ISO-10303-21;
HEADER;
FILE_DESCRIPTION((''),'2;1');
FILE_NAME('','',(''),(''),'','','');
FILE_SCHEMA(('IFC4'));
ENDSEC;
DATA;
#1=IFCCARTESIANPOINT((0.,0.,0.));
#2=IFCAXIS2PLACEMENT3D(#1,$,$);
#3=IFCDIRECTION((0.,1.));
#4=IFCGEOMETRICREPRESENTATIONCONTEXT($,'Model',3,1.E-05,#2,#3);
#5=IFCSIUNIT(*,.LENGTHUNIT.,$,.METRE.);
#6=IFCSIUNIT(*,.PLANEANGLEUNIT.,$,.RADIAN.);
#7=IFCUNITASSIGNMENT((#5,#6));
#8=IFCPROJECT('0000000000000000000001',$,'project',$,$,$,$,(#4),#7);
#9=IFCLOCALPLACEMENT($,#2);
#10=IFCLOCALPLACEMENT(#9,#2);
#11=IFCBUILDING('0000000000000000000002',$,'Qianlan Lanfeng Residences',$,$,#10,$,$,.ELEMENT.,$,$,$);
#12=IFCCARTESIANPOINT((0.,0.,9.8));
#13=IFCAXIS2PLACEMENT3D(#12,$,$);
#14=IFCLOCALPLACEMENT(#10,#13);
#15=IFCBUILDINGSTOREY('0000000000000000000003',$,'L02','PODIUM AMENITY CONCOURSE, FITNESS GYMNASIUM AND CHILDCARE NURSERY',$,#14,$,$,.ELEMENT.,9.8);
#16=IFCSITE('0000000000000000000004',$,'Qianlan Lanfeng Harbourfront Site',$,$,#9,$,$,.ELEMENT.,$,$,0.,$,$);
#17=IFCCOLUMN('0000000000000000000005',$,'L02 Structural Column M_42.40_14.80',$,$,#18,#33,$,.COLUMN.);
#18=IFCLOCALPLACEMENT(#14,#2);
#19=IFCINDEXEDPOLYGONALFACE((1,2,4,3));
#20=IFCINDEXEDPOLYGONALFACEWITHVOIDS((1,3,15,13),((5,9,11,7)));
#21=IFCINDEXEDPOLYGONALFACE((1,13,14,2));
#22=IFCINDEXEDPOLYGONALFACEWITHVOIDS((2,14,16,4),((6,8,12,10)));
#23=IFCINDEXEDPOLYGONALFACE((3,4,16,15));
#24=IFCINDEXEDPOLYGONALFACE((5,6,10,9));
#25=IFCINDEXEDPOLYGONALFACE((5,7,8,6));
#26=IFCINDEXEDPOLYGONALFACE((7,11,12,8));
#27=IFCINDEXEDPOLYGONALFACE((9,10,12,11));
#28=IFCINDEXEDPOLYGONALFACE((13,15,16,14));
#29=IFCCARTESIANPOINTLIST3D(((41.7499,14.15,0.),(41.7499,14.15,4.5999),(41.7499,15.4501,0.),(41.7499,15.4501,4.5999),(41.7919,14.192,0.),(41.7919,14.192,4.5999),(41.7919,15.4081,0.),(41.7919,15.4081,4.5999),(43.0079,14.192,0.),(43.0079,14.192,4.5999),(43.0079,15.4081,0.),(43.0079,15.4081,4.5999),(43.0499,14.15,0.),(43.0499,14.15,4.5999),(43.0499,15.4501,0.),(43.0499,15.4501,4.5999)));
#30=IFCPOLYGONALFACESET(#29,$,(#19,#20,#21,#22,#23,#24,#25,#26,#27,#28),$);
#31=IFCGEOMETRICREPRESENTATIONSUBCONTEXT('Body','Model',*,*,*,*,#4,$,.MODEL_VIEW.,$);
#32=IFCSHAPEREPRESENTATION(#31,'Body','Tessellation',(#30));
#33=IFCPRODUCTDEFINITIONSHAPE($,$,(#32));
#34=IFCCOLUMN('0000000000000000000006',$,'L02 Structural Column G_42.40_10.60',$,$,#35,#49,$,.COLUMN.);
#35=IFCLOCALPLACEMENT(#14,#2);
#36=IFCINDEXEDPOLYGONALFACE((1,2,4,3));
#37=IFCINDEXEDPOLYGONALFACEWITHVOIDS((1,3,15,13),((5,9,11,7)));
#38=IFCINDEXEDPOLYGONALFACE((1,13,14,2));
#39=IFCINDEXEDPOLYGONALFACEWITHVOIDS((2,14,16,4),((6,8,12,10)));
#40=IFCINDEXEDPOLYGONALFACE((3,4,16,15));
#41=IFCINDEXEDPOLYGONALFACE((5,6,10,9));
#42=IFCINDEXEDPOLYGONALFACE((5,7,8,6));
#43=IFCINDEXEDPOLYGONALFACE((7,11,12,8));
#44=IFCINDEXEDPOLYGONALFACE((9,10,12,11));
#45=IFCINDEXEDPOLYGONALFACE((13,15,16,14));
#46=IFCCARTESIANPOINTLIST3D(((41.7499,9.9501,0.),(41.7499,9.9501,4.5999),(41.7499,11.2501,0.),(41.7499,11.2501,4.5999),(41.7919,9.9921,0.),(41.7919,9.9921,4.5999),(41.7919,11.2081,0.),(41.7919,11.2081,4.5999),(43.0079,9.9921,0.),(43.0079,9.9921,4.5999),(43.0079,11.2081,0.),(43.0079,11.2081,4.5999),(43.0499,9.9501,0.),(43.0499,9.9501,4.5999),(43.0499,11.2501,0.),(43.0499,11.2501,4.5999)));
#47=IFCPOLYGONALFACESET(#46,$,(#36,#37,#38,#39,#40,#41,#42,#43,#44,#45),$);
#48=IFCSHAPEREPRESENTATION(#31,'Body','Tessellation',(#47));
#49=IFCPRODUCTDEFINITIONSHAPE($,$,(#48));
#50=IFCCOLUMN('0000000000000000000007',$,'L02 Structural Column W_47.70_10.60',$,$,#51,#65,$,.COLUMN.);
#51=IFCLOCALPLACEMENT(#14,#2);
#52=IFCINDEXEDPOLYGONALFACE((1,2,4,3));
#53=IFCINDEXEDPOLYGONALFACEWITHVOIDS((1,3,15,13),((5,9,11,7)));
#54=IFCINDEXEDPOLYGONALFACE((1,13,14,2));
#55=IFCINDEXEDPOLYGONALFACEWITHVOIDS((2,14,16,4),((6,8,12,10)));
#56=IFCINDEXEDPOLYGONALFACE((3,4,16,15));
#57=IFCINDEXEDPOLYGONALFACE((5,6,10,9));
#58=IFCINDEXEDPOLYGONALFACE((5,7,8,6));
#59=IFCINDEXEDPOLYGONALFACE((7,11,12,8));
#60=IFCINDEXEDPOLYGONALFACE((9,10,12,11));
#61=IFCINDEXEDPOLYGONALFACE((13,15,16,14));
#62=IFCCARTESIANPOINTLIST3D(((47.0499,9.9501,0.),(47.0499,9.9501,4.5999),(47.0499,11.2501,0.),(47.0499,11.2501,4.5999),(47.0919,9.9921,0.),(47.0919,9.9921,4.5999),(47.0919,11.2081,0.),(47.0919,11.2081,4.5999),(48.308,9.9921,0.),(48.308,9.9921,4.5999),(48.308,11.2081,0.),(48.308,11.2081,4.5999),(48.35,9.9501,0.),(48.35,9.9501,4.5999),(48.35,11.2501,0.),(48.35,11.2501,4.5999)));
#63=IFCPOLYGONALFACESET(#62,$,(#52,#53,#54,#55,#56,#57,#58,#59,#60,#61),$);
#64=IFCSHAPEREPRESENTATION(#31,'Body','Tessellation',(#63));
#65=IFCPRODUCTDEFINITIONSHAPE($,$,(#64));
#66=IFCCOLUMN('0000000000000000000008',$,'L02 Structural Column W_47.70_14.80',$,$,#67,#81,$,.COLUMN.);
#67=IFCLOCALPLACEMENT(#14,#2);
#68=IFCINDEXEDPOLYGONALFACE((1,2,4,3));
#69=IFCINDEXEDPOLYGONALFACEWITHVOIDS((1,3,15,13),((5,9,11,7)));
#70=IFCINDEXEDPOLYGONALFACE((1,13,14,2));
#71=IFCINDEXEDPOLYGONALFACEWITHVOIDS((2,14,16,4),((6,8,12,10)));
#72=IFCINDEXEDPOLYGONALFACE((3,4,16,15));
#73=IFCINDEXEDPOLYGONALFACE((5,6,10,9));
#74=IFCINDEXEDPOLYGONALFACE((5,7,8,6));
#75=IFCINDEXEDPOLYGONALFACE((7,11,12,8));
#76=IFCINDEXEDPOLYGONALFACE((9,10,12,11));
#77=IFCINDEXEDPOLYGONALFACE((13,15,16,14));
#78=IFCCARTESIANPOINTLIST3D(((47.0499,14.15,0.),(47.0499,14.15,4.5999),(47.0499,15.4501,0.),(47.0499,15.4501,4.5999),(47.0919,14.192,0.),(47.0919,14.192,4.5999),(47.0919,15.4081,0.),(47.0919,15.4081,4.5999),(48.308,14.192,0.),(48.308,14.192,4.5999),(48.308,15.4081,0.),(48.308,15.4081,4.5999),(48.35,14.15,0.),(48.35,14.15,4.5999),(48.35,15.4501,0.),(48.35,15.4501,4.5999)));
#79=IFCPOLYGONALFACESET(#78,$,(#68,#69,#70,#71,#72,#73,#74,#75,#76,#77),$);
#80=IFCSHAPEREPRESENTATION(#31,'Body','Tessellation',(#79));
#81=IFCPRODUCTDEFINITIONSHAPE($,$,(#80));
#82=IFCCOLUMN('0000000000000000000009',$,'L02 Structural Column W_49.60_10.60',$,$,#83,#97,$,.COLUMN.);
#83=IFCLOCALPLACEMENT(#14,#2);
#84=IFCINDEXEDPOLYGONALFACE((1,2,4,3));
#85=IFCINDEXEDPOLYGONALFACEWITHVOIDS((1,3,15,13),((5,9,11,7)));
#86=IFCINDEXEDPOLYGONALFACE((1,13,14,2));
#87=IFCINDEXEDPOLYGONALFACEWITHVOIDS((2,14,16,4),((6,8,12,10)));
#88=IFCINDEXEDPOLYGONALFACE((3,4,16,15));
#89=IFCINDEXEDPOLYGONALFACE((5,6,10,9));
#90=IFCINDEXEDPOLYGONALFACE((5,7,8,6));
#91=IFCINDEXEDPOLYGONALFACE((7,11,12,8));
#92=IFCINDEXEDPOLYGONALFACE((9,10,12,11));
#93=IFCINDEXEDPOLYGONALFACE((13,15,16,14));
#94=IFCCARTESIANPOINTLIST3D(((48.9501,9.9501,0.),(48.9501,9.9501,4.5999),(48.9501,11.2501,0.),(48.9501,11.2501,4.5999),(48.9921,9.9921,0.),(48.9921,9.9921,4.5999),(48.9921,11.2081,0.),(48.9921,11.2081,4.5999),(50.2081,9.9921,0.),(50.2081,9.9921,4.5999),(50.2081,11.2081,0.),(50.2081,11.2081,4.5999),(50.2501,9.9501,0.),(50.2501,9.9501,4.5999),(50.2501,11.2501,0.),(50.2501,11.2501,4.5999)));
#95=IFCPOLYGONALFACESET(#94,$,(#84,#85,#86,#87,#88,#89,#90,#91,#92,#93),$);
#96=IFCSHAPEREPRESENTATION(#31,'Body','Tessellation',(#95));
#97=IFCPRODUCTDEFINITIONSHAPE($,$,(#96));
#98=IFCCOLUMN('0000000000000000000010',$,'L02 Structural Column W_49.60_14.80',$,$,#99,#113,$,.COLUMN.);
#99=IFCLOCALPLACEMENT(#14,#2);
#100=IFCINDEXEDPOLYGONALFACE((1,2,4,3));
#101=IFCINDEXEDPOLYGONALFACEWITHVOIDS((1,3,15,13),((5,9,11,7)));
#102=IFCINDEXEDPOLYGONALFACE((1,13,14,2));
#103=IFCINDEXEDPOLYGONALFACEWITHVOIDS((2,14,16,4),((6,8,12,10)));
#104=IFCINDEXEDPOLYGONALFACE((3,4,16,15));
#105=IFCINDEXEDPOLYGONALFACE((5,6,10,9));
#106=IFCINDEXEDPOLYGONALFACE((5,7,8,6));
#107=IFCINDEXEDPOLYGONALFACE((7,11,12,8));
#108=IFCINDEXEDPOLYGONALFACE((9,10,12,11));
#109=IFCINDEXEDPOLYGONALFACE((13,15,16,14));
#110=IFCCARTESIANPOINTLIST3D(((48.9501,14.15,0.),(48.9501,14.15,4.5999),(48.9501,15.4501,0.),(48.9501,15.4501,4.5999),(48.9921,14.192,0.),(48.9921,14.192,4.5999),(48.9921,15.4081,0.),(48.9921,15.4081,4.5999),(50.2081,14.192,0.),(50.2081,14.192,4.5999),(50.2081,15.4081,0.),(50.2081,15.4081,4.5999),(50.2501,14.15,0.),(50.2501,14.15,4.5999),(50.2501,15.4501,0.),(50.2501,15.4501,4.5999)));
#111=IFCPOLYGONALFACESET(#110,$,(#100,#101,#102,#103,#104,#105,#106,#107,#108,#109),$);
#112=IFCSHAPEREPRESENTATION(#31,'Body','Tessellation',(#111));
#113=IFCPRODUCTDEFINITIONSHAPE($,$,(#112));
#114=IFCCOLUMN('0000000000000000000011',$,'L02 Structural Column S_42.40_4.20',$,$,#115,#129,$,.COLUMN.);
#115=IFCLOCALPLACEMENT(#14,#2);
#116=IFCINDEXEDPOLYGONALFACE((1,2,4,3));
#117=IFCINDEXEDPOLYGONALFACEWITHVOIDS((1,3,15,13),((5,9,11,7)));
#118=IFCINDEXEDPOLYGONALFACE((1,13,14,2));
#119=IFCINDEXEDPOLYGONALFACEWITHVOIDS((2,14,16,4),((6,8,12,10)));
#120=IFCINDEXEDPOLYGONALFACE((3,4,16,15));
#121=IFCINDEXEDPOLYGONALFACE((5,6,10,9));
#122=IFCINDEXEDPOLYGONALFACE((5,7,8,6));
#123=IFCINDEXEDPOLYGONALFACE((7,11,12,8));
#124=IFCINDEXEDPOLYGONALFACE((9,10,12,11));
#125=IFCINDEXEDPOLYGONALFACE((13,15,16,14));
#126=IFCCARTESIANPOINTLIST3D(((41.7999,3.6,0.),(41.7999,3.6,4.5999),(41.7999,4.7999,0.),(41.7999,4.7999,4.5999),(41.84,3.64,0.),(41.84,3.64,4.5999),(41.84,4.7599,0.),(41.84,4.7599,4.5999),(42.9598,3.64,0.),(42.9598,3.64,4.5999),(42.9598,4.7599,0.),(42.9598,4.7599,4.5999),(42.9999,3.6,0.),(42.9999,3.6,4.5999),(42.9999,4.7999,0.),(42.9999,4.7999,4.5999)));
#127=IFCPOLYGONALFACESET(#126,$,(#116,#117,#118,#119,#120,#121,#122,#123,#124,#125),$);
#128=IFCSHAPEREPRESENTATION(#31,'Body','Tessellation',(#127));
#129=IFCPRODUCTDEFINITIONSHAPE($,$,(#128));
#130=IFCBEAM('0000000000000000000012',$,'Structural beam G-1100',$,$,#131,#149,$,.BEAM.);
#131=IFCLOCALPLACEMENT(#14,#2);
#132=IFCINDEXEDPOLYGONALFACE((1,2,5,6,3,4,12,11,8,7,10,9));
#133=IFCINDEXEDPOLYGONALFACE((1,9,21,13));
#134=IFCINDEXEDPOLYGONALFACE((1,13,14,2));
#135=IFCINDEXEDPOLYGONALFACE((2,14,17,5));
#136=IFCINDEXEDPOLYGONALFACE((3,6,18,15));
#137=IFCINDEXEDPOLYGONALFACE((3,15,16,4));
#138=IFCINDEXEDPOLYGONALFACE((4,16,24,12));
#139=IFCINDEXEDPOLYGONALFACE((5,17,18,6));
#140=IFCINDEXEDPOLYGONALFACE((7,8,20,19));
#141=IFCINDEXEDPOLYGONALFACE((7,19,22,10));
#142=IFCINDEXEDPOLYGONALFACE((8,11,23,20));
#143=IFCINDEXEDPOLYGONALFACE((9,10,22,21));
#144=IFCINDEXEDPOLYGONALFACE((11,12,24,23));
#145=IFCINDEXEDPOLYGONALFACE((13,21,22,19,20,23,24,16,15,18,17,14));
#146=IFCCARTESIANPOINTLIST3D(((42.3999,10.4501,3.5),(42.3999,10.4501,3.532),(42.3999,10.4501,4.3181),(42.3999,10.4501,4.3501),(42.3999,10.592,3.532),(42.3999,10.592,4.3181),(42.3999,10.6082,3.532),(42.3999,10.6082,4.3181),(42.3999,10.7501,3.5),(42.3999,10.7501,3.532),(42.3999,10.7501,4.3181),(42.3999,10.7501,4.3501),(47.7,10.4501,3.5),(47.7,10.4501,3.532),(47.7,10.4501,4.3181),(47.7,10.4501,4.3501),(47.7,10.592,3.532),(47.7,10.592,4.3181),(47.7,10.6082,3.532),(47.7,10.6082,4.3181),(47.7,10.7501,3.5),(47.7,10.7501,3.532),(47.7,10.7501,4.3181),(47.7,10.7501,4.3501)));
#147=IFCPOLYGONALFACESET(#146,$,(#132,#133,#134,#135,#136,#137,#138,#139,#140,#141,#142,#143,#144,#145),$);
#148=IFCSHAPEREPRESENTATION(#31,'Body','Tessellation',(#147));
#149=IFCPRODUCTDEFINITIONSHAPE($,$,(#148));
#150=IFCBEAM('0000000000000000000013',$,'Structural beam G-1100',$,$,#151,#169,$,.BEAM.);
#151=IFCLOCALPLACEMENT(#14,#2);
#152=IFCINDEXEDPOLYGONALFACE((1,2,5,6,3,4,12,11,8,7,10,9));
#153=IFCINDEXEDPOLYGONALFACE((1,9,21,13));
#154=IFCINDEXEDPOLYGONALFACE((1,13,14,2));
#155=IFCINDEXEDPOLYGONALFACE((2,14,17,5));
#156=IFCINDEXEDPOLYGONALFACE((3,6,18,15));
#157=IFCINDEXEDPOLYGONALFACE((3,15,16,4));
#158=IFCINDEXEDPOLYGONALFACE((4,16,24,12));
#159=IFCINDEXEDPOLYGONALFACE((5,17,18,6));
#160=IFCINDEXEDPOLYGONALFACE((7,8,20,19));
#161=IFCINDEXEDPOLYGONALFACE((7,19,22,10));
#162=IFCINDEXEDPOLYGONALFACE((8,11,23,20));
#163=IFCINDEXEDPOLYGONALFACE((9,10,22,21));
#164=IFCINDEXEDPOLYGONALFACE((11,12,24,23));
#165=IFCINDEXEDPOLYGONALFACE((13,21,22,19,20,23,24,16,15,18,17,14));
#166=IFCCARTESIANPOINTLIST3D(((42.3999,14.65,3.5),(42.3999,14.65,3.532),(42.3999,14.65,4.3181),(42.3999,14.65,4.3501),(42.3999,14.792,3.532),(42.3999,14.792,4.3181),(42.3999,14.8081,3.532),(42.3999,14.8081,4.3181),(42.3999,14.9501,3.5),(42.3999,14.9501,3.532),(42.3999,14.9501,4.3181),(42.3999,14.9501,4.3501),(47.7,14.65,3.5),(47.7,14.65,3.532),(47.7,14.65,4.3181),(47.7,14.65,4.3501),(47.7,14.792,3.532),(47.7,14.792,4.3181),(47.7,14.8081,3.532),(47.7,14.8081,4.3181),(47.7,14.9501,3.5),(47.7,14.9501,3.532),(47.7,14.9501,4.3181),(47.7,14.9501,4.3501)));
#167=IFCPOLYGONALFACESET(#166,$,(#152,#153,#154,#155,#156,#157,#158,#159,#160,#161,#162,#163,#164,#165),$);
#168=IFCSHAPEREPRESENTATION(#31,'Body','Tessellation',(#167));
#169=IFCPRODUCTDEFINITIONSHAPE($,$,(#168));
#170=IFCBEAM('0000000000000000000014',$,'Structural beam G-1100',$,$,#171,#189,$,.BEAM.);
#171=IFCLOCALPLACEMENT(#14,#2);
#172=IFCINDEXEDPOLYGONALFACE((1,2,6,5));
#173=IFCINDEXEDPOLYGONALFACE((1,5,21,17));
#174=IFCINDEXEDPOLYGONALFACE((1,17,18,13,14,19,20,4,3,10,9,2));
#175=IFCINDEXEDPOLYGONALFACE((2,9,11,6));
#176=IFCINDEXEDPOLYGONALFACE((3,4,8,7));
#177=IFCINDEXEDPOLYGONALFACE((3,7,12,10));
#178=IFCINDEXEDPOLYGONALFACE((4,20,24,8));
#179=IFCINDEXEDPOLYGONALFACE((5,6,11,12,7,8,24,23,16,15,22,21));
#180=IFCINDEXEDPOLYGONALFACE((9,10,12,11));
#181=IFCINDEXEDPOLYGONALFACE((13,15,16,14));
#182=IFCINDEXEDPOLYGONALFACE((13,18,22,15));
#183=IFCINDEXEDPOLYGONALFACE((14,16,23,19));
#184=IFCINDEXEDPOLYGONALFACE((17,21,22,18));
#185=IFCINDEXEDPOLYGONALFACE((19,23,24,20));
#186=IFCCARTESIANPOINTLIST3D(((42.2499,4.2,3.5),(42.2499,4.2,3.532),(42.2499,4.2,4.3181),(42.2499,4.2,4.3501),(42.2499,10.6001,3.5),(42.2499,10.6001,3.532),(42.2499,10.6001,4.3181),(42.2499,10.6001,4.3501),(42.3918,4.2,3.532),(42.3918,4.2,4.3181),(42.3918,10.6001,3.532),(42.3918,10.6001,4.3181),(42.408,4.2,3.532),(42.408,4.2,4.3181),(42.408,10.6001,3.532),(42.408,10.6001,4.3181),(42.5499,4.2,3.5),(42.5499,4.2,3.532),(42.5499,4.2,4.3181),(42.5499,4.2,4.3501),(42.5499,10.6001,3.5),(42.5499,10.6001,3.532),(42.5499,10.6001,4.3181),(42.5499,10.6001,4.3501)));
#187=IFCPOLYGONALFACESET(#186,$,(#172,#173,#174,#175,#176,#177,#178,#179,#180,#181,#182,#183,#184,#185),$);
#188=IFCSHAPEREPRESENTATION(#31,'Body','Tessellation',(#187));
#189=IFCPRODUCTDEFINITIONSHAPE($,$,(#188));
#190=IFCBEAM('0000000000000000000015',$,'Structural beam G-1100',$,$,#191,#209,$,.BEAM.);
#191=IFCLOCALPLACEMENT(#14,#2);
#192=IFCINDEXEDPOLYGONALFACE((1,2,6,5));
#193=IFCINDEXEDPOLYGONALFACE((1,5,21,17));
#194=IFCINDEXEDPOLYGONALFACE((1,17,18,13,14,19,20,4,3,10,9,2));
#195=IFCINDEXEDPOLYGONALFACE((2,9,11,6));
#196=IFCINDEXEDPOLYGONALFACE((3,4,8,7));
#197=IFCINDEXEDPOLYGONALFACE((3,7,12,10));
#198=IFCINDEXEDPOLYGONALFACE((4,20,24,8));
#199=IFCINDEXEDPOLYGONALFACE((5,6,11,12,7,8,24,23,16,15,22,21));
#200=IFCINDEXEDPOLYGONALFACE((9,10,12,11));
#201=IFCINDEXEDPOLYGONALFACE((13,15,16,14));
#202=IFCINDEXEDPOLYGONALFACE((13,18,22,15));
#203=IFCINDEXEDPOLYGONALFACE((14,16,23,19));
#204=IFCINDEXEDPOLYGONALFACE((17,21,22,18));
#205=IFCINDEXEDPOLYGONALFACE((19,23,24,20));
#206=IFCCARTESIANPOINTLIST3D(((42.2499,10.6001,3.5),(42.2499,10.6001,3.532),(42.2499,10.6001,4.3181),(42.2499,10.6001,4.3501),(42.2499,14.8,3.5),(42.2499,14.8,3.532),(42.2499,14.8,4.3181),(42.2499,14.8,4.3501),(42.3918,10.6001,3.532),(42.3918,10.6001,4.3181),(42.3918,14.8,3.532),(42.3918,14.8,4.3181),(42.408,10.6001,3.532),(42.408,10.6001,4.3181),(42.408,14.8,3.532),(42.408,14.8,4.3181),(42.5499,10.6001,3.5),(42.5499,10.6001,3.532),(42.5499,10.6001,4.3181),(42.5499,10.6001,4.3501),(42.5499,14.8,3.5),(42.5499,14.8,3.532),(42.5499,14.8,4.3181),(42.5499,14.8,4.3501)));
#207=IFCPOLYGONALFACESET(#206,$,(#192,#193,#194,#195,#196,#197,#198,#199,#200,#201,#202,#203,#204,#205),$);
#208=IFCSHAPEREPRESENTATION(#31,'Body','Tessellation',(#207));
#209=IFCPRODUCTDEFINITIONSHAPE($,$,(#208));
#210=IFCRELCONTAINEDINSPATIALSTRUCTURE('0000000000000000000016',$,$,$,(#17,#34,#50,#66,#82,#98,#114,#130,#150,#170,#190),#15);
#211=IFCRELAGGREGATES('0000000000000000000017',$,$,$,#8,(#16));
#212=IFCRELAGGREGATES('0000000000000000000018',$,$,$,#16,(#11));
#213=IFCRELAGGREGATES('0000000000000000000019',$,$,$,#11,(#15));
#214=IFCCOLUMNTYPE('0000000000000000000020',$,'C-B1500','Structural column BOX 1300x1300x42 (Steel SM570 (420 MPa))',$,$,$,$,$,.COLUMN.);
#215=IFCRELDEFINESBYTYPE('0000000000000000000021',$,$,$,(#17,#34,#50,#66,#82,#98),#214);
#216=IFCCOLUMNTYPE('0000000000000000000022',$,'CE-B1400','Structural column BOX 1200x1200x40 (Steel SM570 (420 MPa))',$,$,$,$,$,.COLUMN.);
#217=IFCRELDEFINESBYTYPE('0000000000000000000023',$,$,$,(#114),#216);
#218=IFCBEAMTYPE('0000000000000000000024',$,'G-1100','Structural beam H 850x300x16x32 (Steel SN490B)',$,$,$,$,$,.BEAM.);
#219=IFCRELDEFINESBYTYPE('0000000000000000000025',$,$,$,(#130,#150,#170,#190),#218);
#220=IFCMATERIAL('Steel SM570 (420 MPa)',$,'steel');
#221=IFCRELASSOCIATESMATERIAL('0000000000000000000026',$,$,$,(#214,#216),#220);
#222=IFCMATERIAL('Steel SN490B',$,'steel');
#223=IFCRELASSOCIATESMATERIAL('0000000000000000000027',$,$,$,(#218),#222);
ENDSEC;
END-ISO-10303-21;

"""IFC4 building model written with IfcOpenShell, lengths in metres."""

from ifc_helpers import new_model, si_unit, direction, frame, origin, origin_2d, place, context, subcontext, project, spatial, hollow_rectangle, i_section, extrude, material, material_profile, profile_set, type_object, element, save


model = new_model("IFC4")

# Units and contexts
model_context = context("Model", 3, precision=1e-05, world=origin(), true_north=direction((0.0, 1.0)))
body_context = subcontext(model_context, "Body", "Model", "MODEL_VIEW")
ifc_project = project(units=[si_unit("LENGTHUNIT", "METRE"), si_unit("PLANEANGLEUNIT", "RADIAN")], contexts=[model_context])

# Site, building, storey
site_placement = place(None, origin())
site = spatial("IfcSite", under=ifc_project, at=site_placement, Name="Qianlan Lanfeng Harbourfront Site", CompositionType="ELEMENT", RefElevation=0.0)
building_placement = place(site_placement, origin())
building = spatial("IfcBuilding", under=site, at=building_placement, Name="Qianlan Lanfeng Residences", CompositionType="ELEMENT")
storey_placement = place(building_placement, frame((0.0, 0.0, 9.8)))
storey = spatial("IfcBuildingStorey", under=building, at=storey_placement, Name="L02", Description="PODIUM AMENITY CONCOURSE, FITNESS GYMNASIUM AND CHILDCARE NURSERY", CompositionType="ELEMENT", Elevation=9.8)

# Columns
ifc_material_1 = material(Name="Steel SM570 (420 MPa)", Category="steel")
ifc_material_profile_1 = material_profile(ifc_material_1, hollow_rectangle(XDim=1.3, YDim=1.3, WallThickness=0.042, at=origin_2d()), Name="BOX 1300x1300x42")
ifc_profile_set_1 = profile_set([ifc_material_profile_1], Name="Steel SM570 (420 MPa)")
column_type_1 = type_object("IfcColumnType", Name="C-B1500", Description="Structural column BOX 1300x1300x42 (Steel SM570 (420 MPa))", PredefinedType="COLUMN", material=ifc_profile_set_1)
for number, where, z_axis, x_axis, name in (
    (1, (42.3999, 14.8, 0.0), (0.0, 0.0, 1.0), (1.0, 0.0, 0.0), "L02 Structural Column M_42.40_14.80"),
    (2, (42.3999, 10.6001, 0.0), (0.0, 0.0, 1.0), (1.0, 0.0, 0.0), "L02 Structural Column G_42.40_10.60"),
    (3, (47.7, 10.6001, 0.0), (0.0, 0.0, 1.0), (1.0, 0.0, 0.0), "L02 Structural Column W_47.70_10.60"),
    (4, (47.7, 14.8, 0.0), (0.0, 0.0, 1.0), (1.0, 0.0, 0.0), "L02 Structural Column W_47.70_14.80"),
    (5, (49.6001, 10.6001, 0.0), (0.0, 0.0, 1.0), (1.0, 0.0, 0.0), "L02 Structural Column W_49.60_10.60"),
    (6, (49.6001, 14.8, 0.0), (0.0, 0.0, 1.0), (1.0, 0.0, 0.0), "L02 Structural Column W_49.60_14.80"),
):
    element("IfcColumn", number, at=place(storey_placement, frame(where, z_axis=z_axis, x_axis=x_axis)), inside=storey, type_object=column_type_1, Name=name, PredefinedType="COLUMN", context=body_context, shape_type="SweptSolid", body=[
        extrude(hollow_rectangle(XDim=1.3, YDim=1.3, WallThickness=0.042, at=origin_2d()), origin(), (0.0, 0.0, 1.0), 4.5999),
    ])
ifc_material_profile_2 = material_profile(ifc_material_1, hollow_rectangle(XDim=1.2, YDim=1.2, WallThickness=0.04, at=origin_2d()), Name="BOX 1200x1200x40")
ifc_profile_set_2 = profile_set([ifc_material_profile_2], Name="Steel SM570 (420 MPa)")
column_type_2 = type_object("IfcColumnType", Name="CE-B1400", Description="Structural column BOX 1200x1200x40 (Steel SM570 (420 MPa))", PredefinedType="COLUMN", material=ifc_profile_set_2)
column_placement = place(storey_placement, frame((42.3999, 4.2, 0.0), z_axis=(0.0, 0.0, 1.0), x_axis=(1.0, 0.0, 0.0)))
element("IfcColumn", 7, at=column_placement, inside=storey, type_object=column_type_2, Name="L02 Structural Column S_42.40_4.20", PredefinedType="COLUMN", context=body_context, shape_type="SweptSolid", body=[
    extrude(hollow_rectangle(XDim=1.2, YDim=1.2, WallThickness=0.04, at=origin_2d()), origin(), (0.0, 0.0, 1.0), 4.5999),
])

# Beams
ifc_material_2 = material(Name="Steel SN490B", Category="steel")
ifc_material_profile_3 = material_profile(ifc_material_2, i_section(OverallWidth=0.3, OverallDepth=0.8501, WebThickness=0.0161, FlangeThickness=0.032, at=origin_2d()), Name="H 850x300x16x32")
ifc_profile_set_3 = profile_set([ifc_material_profile_3], Name="Steel SN490B")
beam_type_1 = type_object("IfcBeamType", Name="G-1100", Description="Structural beam H 850x300x16x32 (Steel SN490B)", PredefinedType="BEAM", material=ifc_profile_set_3)
for number, where, z_axis, x_axis, name in (
    (8, (42.3999, 10.6001, 3.925), (1.0, 0.0, 0.0), (0.0, 1.0, 0.0), "Structural beam G-1100"),
    (9, (42.3999, 14.8, 3.925), (1.0, 0.0, 0.0), (0.0, 1.0, 0.0), "Structural beam G-1100"),
):
    element("IfcBeam", number, at=place(storey_placement, frame(where, z_axis=z_axis, x_axis=x_axis)), inside=storey, type_object=beam_type_1, Name=name, PredefinedType="BEAM", context=body_context, shape_type="SweptSolid", body=[
        extrude(i_section(OverallWidth=0.3, OverallDepth=0.8501, WebThickness=0.0161, FlangeThickness=0.032, at=origin_2d()), origin(), (0.0, 0.0, 1.0), 5.3),
    ])
beam_1_placement = place(storey_placement, frame((42.3999, 4.2, 3.925), z_axis=(0.0, 1.0, 0.0), x_axis=(-1.0, 0.0, 0.0)))
element("IfcBeam", 10, at=beam_1_placement, inside=storey, type_object=beam_type_1, Name="Structural beam G-1100", PredefinedType="BEAM", context=body_context, shape_type="SweptSolid", body=[
    extrude(i_section(OverallWidth=0.3, OverallDepth=0.8501, WebThickness=0.0161, FlangeThickness=0.032, at=origin_2d()), origin(), (0.0, 0.0, 1.0), 6.4001),
])
beam_2_placement = place(storey_placement, frame((42.3999, 10.6001, 3.925), z_axis=(0.0, 1.0, 0.0), x_axis=(-1.0, 0.0, 0.0)))
element("IfcBeam", 11, at=beam_2_placement, inside=storey, type_object=beam_type_1, Name="Structural beam G-1100", PredefinedType="BEAM", context=body_context, shape_type="SweptSolid", body=[
    extrude(i_section(OverallWidth=0.3, OverallDepth=0.8501, WebThickness=0.0161, FlangeThickness=0.032, at=origin_2d()), origin(), (0.0, 0.0, 1.0), 4.2),
])

save(model, "model.ifc")
